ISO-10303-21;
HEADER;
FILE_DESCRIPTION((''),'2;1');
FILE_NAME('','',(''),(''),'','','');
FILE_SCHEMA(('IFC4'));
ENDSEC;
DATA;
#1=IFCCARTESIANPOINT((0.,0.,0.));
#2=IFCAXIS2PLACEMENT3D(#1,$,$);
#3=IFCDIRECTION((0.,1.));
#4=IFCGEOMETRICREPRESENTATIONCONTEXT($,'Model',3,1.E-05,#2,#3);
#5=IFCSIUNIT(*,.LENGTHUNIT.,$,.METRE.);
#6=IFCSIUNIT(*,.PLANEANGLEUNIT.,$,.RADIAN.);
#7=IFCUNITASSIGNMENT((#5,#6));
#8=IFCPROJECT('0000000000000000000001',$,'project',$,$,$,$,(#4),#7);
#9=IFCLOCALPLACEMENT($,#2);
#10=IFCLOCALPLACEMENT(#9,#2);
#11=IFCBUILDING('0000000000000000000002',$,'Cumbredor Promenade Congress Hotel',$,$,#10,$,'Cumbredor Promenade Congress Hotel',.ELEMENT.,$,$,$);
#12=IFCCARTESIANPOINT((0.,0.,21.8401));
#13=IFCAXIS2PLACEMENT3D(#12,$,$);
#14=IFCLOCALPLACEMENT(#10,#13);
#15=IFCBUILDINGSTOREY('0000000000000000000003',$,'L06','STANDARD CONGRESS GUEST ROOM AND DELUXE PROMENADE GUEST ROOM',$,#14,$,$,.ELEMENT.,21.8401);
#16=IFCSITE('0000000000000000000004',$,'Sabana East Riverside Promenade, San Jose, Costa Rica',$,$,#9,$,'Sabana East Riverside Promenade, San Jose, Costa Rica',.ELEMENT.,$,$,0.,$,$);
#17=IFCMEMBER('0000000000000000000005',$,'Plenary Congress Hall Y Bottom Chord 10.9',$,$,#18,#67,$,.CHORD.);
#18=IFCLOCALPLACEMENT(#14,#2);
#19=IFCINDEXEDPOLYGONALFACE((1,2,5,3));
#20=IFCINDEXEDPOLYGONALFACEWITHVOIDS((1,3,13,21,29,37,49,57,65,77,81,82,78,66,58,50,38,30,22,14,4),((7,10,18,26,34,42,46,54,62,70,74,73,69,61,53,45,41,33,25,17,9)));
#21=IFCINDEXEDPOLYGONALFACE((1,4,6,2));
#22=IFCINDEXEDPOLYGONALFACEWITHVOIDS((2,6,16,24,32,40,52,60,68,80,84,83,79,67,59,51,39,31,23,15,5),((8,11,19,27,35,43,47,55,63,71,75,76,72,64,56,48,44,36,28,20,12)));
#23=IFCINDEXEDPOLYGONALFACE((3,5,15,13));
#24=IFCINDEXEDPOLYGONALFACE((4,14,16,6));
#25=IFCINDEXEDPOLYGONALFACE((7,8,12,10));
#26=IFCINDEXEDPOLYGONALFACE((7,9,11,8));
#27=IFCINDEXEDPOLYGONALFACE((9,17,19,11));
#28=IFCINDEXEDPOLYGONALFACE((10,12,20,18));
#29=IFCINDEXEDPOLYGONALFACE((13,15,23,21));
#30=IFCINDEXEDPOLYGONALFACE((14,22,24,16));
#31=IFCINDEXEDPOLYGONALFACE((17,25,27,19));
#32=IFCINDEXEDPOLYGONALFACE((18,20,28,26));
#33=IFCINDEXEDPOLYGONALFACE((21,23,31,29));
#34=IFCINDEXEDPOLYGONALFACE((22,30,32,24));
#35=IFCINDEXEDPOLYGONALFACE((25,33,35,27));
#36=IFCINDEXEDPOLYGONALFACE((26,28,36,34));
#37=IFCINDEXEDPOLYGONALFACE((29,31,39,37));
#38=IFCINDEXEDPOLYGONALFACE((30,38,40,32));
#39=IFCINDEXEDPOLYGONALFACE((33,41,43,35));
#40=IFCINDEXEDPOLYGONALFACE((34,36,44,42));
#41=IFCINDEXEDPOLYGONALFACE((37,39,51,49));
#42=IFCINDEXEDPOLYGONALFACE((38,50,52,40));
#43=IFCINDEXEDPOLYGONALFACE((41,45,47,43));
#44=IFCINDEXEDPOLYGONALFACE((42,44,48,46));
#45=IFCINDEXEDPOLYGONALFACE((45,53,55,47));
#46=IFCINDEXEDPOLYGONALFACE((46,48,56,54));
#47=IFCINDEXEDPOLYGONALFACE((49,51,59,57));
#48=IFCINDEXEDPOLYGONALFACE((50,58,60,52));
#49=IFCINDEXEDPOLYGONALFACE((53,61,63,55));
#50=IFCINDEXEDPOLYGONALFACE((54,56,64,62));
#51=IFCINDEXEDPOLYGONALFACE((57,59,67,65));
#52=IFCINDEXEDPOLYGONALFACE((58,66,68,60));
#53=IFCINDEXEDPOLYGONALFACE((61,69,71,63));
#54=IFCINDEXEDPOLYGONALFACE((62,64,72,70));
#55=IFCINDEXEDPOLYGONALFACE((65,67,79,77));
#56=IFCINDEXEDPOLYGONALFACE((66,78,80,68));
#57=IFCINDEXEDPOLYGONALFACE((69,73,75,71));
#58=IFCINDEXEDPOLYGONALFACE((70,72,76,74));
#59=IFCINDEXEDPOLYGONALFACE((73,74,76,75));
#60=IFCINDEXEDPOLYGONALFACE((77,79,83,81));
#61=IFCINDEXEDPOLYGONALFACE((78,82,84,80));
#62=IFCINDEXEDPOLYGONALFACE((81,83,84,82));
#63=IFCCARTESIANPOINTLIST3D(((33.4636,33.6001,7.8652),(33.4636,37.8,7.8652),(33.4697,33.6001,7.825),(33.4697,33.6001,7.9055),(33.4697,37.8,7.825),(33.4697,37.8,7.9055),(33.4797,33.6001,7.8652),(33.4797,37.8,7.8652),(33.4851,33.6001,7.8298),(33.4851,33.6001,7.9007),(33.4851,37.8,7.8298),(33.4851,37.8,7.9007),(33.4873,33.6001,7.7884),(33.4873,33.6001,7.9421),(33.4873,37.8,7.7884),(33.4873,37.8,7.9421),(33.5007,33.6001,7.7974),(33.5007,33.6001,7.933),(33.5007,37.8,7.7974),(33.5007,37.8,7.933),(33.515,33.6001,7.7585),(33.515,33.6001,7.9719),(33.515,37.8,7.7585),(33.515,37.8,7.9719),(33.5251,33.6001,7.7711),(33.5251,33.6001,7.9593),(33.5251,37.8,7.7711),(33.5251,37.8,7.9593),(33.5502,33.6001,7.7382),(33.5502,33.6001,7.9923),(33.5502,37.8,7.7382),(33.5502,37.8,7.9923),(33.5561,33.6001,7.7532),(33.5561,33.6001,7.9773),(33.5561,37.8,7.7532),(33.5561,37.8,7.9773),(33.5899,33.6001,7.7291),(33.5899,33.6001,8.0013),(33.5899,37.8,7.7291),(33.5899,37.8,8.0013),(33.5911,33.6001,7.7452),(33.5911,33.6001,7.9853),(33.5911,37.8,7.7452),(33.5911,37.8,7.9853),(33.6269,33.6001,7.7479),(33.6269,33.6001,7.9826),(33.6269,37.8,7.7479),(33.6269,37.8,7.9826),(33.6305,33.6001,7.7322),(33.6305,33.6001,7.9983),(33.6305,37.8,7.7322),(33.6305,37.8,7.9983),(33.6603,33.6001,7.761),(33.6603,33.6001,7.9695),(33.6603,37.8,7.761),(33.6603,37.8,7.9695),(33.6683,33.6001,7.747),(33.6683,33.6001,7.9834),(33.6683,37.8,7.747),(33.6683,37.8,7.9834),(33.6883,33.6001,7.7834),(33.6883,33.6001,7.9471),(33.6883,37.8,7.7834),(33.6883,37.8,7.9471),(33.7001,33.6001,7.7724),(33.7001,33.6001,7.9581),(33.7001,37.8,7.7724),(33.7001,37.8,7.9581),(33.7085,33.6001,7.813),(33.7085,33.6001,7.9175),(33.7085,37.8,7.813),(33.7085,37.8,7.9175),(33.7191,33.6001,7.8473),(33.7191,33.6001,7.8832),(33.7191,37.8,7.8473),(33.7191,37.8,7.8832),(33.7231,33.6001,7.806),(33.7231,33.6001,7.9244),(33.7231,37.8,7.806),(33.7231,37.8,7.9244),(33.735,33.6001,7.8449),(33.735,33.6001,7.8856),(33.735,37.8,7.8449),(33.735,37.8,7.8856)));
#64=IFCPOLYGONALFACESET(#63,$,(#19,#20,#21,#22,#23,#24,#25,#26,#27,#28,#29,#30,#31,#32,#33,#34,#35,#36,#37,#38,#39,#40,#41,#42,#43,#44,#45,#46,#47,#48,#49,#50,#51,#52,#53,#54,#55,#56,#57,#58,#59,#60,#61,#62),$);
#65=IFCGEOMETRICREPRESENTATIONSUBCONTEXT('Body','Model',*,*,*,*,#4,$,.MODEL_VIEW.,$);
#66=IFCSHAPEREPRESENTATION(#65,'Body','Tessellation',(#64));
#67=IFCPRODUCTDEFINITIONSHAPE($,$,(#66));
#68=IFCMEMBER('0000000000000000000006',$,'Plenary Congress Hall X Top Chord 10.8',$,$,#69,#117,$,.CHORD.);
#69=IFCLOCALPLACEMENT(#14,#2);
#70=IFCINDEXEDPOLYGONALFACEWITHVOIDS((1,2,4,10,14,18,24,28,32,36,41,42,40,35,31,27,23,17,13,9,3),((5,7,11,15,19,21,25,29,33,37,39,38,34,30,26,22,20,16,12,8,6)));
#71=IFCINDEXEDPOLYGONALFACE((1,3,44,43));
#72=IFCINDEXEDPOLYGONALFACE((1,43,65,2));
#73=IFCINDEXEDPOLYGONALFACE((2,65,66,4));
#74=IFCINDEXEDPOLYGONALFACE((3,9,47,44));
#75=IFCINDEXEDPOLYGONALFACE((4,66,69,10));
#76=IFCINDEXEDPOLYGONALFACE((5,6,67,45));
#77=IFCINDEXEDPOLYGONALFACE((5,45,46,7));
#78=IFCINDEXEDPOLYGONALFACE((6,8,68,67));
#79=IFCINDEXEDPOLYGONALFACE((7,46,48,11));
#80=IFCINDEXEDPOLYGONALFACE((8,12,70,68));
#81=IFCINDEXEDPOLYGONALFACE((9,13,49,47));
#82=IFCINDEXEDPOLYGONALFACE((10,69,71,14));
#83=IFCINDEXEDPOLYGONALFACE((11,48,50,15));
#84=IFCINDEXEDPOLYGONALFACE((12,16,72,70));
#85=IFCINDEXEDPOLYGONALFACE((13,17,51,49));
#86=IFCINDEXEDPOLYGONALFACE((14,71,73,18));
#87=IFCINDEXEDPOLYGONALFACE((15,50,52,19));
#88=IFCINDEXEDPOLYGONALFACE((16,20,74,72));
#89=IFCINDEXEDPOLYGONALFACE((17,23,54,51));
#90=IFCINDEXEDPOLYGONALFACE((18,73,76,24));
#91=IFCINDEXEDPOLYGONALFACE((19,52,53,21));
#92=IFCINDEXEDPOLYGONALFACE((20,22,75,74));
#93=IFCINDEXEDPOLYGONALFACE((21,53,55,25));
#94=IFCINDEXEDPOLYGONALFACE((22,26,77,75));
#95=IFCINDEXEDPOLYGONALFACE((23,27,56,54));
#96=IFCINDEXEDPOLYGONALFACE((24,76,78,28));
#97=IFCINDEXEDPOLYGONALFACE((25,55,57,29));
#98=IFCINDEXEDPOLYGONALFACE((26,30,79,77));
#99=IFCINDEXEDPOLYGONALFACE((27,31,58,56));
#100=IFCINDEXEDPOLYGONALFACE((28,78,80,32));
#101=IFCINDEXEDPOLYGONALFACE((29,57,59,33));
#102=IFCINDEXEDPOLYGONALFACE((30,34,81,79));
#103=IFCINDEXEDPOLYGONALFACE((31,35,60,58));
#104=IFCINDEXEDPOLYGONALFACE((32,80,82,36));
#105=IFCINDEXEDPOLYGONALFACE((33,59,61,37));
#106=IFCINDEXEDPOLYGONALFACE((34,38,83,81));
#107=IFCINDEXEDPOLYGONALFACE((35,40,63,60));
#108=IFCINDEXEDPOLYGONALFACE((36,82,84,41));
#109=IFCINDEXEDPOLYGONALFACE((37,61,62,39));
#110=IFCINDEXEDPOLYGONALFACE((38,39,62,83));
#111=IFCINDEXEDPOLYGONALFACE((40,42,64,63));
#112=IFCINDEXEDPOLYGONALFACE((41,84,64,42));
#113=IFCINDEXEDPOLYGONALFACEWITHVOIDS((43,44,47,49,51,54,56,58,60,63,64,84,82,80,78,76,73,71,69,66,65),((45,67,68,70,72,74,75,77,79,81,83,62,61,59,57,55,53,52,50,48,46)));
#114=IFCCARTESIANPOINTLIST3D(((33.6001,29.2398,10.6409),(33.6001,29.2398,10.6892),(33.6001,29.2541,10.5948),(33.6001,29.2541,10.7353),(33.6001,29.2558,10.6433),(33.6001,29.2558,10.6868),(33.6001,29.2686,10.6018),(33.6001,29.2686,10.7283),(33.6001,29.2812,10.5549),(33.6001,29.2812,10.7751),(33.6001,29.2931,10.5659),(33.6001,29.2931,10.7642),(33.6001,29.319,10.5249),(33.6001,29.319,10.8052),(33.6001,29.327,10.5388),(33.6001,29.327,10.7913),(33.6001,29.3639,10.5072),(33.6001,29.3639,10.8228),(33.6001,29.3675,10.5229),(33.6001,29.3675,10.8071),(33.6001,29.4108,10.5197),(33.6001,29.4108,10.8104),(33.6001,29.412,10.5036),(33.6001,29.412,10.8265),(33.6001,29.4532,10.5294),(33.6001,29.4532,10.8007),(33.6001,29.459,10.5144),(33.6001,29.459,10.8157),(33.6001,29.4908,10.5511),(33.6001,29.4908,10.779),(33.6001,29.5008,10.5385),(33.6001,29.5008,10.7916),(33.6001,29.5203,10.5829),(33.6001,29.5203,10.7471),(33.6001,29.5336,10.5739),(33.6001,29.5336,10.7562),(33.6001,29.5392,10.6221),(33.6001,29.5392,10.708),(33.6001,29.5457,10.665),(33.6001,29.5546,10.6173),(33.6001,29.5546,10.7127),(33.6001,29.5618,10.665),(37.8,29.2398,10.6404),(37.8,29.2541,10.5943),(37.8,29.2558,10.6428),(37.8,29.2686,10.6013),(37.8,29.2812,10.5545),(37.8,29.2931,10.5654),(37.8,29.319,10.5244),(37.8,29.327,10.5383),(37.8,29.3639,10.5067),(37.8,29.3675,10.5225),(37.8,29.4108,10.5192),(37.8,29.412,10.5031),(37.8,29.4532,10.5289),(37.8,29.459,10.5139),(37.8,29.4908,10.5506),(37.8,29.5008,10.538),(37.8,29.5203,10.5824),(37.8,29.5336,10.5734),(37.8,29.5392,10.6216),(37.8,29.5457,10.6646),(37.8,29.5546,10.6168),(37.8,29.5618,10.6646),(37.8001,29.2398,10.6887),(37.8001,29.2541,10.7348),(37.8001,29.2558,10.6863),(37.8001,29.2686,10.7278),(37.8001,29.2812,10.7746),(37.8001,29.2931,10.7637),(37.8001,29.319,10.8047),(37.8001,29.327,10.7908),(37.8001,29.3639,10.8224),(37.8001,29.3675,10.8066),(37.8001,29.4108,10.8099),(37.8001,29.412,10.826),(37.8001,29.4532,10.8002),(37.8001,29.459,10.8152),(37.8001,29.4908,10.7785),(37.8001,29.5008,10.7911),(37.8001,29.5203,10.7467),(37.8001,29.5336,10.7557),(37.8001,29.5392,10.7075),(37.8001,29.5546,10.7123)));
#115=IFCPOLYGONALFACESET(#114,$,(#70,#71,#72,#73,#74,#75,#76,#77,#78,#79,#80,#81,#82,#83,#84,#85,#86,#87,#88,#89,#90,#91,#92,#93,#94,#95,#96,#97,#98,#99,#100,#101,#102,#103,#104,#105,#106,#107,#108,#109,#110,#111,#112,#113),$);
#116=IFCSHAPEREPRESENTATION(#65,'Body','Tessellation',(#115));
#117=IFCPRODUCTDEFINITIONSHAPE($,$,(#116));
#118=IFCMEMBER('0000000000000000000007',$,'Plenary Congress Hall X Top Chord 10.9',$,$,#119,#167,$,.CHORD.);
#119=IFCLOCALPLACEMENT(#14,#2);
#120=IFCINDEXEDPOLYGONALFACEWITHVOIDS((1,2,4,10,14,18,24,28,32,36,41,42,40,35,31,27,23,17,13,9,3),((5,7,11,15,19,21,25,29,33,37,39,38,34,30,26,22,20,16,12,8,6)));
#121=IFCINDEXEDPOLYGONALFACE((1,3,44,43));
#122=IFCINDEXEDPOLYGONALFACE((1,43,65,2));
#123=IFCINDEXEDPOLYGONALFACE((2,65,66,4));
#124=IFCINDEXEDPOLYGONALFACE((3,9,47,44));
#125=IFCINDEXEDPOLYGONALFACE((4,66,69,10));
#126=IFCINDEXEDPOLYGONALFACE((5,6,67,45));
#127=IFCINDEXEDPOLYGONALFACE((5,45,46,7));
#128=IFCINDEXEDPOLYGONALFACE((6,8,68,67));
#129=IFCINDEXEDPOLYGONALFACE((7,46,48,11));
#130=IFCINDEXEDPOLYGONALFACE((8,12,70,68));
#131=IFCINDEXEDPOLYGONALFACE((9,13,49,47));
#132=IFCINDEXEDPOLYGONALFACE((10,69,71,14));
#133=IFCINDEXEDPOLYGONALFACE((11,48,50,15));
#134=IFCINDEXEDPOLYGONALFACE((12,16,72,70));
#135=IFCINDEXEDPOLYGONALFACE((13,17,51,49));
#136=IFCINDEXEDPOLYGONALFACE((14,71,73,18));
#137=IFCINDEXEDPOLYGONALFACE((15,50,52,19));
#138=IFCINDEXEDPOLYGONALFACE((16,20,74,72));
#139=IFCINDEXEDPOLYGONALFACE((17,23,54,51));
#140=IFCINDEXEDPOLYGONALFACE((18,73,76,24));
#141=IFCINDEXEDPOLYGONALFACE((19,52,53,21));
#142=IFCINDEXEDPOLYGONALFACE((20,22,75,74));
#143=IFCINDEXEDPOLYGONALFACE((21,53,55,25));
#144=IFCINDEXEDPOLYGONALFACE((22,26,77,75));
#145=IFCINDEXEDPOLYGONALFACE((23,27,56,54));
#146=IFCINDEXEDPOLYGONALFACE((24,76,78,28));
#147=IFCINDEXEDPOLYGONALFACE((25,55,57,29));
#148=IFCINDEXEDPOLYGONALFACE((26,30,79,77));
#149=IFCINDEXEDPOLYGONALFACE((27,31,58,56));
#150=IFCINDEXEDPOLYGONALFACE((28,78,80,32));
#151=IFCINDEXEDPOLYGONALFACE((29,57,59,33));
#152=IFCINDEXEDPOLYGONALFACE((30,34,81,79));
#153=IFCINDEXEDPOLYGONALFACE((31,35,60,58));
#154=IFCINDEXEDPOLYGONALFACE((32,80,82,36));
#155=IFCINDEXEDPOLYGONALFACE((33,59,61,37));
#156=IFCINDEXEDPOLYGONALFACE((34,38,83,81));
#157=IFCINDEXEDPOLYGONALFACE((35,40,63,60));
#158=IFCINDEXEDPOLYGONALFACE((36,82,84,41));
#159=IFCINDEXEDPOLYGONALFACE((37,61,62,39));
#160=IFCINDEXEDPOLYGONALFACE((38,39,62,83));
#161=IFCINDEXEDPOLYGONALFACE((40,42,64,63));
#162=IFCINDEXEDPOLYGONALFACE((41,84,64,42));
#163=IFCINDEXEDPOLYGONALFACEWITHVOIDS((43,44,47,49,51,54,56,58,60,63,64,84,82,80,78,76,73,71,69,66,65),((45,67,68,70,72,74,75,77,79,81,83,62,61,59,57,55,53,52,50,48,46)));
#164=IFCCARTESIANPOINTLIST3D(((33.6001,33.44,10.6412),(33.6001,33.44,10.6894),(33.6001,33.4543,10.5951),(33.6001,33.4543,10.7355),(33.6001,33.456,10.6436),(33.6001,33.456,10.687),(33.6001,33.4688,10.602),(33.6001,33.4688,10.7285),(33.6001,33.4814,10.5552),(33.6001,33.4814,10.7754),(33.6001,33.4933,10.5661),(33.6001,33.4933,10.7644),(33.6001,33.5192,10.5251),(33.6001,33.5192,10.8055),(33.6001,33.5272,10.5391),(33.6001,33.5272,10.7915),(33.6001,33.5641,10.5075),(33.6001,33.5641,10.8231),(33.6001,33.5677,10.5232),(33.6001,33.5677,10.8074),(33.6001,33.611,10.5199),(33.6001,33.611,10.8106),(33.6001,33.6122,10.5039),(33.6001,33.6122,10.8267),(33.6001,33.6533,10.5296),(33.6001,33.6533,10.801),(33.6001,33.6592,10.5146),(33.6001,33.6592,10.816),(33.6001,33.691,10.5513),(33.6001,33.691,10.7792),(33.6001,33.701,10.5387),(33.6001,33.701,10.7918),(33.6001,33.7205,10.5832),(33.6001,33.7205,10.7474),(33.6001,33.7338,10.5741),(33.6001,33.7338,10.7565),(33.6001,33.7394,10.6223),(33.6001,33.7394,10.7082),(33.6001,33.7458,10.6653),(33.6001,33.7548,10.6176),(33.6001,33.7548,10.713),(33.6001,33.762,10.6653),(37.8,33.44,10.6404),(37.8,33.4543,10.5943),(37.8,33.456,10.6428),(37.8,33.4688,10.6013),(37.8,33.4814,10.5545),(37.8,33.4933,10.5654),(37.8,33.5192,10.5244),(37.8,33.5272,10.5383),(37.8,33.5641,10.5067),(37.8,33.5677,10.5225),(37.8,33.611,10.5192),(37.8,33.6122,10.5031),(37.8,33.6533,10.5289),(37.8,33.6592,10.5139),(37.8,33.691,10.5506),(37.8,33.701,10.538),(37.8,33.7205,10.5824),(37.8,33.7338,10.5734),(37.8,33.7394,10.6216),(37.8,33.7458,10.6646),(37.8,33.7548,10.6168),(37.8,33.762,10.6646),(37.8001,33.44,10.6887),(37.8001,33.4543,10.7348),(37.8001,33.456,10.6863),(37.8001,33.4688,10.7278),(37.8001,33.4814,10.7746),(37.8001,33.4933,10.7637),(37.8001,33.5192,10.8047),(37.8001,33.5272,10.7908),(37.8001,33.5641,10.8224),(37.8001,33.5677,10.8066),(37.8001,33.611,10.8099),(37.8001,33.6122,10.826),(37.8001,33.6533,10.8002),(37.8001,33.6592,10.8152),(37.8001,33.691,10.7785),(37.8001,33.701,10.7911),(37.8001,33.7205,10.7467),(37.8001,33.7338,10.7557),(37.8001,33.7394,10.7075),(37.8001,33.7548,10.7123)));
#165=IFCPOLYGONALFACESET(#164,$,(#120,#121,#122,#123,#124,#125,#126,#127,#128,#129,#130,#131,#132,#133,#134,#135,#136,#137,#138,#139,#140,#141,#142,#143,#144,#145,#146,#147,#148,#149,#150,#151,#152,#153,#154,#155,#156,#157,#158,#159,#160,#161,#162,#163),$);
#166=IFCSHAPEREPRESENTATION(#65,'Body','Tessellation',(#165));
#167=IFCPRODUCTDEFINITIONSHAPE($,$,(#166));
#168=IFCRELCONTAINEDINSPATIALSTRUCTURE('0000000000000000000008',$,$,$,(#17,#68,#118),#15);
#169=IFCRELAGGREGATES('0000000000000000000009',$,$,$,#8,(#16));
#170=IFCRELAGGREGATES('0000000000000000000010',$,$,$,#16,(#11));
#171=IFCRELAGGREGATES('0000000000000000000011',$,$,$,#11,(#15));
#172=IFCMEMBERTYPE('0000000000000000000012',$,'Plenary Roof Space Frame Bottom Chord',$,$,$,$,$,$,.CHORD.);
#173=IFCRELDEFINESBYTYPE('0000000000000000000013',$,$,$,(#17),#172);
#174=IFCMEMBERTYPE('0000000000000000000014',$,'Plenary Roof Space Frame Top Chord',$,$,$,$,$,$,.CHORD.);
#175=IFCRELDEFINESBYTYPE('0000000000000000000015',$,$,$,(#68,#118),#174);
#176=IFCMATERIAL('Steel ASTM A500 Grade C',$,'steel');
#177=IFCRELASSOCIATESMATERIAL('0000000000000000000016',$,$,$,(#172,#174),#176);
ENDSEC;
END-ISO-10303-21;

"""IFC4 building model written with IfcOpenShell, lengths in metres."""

from ifc_helpers import new_model, si_unit, direction, frame, origin, origin_2d, place, context, subcontext, project, spatial, hollow_circle, extrude, material, material_profile, profile_set, type_object, element, save


model = new_model("IFC4")

# Units and contexts
model_context = context("Model", 3, precision=1e-05, world=origin(), true_north=direction((0.0, 1.0)))
body_context = subcontext(model_context, "Body", "Model", "MODEL_VIEW")
ifc_project = project(units=[si_unit("LENGTHUNIT", "METRE"), si_unit("PLANEANGLEUNIT", "RADIAN")], contexts=[model_context])

# Site, building, storey
site_placement = place(None, origin())
site = spatial("IfcSite", under=ifc_project, at=site_placement, Name="Sabana East Riverside Promenade, San Jose, Costa Rica", LongName="Sabana East Riverside Promenade, San Jose, Costa Rica", CompositionType="ELEMENT", RefElevation=0.0)
building_placement = place(site_placement, origin())
building = spatial("IfcBuilding", under=site, at=building_placement, Name="Cumbredor Promenade Congress Hotel", LongName="Cumbredor Promenade Congress Hotel", CompositionType="ELEMENT")
storey_placement = place(building_placement, frame((0.0, 0.0, 21.8401)))
storey = spatial("IfcBuildingStorey", under=building, at=storey_placement, Name="L06", Description="STANDARD CONGRESS GUEST ROOM AND DELUXE PROMENADE GUEST ROOM", CompositionType="ELEMENT", Elevation=21.8401)

# Members
ifc_material_1 = material(Name="Steel ASTM A500 Grade C", Category="steel")
ifc_material_profile_1 = material_profile(ifc_material_1, hollow_circle(Radius=0.1365, WallThickness=0.0161, at=origin_2d()), Name="CHS 273.0x16")
ifc_profile_set_1 = profile_set([ifc_material_profile_1], Name="Steel ASTM A500 Grade C")
member_type_1 = type_object("IfcMemberType", Name="Plenary Roof Space Frame Bottom Chord", PredefinedType="CHORD", material=ifc_profile_set_1)
member_1_placement = place(storey_placement, frame((33.6001, 33.6001, 7.8652), z_axis=(0.0, 1.0, 0.0), x_axis=(-1.0, 0.0, 0.0)))
element("IfcMember", 1, at=member_1_placement, inside=storey, type_object=member_type_1, Name="Plenary Congress Hall Y Bottom Chord 10.9", PredefinedType="CHORD", context=body_context, shape_type="SweptSolid", body=[
    extrude(hollow_circle(Radius=0.1365, WallThickness=0.0161, at=origin_2d()), origin(), (0.0, 0.0, 1.0), 4.2),
])
ifc_material_profile_2 = material_profile(ifc_material_1, hollow_circle(Radius=0.1619, WallThickness=0.0161, at=origin_2d()), Name="CHS 323.9x16")
ifc_profile_set_2 = profile_set([ifc_material_profile_2], Name="Steel ASTM A500 Grade C")
member_type_2 = type_object("IfcMemberType", Name="Plenary Roof Space Frame Top Chord", PredefinedType="CHORD", material=ifc_profile_set_2)
for number, where, z_axis, x_axis, name in (
    (2, (33.6001, 29.3999, 10.665), (1.0, 0.0, -0.000116), (0.0, 1.0, 0.0), "Plenary Congress Hall X Top Chord 10.8"),
    (3, (33.6001, 33.6001, 10.6653), (1.0, 0.0, -0.000174), (0.0, 1.0, 0.0), "Plenary Congress Hall X Top Chord 10.9"),
):
    element("IfcMember", number, at=place(storey_placement, frame(where, z_axis=z_axis, x_axis=x_axis)), inside=storey, type_object=member_type_2, Name=name, PredefinedType="CHORD", context=body_context, shape_type="SweptSolid", body=[
        extrude(hollow_circle(Radius=0.1619, WallThickness=0.0161, at=origin_2d()), origin(), (0.0, 0.0, 1.0), 4.2),
    ])

save(model, "model.ifc")
